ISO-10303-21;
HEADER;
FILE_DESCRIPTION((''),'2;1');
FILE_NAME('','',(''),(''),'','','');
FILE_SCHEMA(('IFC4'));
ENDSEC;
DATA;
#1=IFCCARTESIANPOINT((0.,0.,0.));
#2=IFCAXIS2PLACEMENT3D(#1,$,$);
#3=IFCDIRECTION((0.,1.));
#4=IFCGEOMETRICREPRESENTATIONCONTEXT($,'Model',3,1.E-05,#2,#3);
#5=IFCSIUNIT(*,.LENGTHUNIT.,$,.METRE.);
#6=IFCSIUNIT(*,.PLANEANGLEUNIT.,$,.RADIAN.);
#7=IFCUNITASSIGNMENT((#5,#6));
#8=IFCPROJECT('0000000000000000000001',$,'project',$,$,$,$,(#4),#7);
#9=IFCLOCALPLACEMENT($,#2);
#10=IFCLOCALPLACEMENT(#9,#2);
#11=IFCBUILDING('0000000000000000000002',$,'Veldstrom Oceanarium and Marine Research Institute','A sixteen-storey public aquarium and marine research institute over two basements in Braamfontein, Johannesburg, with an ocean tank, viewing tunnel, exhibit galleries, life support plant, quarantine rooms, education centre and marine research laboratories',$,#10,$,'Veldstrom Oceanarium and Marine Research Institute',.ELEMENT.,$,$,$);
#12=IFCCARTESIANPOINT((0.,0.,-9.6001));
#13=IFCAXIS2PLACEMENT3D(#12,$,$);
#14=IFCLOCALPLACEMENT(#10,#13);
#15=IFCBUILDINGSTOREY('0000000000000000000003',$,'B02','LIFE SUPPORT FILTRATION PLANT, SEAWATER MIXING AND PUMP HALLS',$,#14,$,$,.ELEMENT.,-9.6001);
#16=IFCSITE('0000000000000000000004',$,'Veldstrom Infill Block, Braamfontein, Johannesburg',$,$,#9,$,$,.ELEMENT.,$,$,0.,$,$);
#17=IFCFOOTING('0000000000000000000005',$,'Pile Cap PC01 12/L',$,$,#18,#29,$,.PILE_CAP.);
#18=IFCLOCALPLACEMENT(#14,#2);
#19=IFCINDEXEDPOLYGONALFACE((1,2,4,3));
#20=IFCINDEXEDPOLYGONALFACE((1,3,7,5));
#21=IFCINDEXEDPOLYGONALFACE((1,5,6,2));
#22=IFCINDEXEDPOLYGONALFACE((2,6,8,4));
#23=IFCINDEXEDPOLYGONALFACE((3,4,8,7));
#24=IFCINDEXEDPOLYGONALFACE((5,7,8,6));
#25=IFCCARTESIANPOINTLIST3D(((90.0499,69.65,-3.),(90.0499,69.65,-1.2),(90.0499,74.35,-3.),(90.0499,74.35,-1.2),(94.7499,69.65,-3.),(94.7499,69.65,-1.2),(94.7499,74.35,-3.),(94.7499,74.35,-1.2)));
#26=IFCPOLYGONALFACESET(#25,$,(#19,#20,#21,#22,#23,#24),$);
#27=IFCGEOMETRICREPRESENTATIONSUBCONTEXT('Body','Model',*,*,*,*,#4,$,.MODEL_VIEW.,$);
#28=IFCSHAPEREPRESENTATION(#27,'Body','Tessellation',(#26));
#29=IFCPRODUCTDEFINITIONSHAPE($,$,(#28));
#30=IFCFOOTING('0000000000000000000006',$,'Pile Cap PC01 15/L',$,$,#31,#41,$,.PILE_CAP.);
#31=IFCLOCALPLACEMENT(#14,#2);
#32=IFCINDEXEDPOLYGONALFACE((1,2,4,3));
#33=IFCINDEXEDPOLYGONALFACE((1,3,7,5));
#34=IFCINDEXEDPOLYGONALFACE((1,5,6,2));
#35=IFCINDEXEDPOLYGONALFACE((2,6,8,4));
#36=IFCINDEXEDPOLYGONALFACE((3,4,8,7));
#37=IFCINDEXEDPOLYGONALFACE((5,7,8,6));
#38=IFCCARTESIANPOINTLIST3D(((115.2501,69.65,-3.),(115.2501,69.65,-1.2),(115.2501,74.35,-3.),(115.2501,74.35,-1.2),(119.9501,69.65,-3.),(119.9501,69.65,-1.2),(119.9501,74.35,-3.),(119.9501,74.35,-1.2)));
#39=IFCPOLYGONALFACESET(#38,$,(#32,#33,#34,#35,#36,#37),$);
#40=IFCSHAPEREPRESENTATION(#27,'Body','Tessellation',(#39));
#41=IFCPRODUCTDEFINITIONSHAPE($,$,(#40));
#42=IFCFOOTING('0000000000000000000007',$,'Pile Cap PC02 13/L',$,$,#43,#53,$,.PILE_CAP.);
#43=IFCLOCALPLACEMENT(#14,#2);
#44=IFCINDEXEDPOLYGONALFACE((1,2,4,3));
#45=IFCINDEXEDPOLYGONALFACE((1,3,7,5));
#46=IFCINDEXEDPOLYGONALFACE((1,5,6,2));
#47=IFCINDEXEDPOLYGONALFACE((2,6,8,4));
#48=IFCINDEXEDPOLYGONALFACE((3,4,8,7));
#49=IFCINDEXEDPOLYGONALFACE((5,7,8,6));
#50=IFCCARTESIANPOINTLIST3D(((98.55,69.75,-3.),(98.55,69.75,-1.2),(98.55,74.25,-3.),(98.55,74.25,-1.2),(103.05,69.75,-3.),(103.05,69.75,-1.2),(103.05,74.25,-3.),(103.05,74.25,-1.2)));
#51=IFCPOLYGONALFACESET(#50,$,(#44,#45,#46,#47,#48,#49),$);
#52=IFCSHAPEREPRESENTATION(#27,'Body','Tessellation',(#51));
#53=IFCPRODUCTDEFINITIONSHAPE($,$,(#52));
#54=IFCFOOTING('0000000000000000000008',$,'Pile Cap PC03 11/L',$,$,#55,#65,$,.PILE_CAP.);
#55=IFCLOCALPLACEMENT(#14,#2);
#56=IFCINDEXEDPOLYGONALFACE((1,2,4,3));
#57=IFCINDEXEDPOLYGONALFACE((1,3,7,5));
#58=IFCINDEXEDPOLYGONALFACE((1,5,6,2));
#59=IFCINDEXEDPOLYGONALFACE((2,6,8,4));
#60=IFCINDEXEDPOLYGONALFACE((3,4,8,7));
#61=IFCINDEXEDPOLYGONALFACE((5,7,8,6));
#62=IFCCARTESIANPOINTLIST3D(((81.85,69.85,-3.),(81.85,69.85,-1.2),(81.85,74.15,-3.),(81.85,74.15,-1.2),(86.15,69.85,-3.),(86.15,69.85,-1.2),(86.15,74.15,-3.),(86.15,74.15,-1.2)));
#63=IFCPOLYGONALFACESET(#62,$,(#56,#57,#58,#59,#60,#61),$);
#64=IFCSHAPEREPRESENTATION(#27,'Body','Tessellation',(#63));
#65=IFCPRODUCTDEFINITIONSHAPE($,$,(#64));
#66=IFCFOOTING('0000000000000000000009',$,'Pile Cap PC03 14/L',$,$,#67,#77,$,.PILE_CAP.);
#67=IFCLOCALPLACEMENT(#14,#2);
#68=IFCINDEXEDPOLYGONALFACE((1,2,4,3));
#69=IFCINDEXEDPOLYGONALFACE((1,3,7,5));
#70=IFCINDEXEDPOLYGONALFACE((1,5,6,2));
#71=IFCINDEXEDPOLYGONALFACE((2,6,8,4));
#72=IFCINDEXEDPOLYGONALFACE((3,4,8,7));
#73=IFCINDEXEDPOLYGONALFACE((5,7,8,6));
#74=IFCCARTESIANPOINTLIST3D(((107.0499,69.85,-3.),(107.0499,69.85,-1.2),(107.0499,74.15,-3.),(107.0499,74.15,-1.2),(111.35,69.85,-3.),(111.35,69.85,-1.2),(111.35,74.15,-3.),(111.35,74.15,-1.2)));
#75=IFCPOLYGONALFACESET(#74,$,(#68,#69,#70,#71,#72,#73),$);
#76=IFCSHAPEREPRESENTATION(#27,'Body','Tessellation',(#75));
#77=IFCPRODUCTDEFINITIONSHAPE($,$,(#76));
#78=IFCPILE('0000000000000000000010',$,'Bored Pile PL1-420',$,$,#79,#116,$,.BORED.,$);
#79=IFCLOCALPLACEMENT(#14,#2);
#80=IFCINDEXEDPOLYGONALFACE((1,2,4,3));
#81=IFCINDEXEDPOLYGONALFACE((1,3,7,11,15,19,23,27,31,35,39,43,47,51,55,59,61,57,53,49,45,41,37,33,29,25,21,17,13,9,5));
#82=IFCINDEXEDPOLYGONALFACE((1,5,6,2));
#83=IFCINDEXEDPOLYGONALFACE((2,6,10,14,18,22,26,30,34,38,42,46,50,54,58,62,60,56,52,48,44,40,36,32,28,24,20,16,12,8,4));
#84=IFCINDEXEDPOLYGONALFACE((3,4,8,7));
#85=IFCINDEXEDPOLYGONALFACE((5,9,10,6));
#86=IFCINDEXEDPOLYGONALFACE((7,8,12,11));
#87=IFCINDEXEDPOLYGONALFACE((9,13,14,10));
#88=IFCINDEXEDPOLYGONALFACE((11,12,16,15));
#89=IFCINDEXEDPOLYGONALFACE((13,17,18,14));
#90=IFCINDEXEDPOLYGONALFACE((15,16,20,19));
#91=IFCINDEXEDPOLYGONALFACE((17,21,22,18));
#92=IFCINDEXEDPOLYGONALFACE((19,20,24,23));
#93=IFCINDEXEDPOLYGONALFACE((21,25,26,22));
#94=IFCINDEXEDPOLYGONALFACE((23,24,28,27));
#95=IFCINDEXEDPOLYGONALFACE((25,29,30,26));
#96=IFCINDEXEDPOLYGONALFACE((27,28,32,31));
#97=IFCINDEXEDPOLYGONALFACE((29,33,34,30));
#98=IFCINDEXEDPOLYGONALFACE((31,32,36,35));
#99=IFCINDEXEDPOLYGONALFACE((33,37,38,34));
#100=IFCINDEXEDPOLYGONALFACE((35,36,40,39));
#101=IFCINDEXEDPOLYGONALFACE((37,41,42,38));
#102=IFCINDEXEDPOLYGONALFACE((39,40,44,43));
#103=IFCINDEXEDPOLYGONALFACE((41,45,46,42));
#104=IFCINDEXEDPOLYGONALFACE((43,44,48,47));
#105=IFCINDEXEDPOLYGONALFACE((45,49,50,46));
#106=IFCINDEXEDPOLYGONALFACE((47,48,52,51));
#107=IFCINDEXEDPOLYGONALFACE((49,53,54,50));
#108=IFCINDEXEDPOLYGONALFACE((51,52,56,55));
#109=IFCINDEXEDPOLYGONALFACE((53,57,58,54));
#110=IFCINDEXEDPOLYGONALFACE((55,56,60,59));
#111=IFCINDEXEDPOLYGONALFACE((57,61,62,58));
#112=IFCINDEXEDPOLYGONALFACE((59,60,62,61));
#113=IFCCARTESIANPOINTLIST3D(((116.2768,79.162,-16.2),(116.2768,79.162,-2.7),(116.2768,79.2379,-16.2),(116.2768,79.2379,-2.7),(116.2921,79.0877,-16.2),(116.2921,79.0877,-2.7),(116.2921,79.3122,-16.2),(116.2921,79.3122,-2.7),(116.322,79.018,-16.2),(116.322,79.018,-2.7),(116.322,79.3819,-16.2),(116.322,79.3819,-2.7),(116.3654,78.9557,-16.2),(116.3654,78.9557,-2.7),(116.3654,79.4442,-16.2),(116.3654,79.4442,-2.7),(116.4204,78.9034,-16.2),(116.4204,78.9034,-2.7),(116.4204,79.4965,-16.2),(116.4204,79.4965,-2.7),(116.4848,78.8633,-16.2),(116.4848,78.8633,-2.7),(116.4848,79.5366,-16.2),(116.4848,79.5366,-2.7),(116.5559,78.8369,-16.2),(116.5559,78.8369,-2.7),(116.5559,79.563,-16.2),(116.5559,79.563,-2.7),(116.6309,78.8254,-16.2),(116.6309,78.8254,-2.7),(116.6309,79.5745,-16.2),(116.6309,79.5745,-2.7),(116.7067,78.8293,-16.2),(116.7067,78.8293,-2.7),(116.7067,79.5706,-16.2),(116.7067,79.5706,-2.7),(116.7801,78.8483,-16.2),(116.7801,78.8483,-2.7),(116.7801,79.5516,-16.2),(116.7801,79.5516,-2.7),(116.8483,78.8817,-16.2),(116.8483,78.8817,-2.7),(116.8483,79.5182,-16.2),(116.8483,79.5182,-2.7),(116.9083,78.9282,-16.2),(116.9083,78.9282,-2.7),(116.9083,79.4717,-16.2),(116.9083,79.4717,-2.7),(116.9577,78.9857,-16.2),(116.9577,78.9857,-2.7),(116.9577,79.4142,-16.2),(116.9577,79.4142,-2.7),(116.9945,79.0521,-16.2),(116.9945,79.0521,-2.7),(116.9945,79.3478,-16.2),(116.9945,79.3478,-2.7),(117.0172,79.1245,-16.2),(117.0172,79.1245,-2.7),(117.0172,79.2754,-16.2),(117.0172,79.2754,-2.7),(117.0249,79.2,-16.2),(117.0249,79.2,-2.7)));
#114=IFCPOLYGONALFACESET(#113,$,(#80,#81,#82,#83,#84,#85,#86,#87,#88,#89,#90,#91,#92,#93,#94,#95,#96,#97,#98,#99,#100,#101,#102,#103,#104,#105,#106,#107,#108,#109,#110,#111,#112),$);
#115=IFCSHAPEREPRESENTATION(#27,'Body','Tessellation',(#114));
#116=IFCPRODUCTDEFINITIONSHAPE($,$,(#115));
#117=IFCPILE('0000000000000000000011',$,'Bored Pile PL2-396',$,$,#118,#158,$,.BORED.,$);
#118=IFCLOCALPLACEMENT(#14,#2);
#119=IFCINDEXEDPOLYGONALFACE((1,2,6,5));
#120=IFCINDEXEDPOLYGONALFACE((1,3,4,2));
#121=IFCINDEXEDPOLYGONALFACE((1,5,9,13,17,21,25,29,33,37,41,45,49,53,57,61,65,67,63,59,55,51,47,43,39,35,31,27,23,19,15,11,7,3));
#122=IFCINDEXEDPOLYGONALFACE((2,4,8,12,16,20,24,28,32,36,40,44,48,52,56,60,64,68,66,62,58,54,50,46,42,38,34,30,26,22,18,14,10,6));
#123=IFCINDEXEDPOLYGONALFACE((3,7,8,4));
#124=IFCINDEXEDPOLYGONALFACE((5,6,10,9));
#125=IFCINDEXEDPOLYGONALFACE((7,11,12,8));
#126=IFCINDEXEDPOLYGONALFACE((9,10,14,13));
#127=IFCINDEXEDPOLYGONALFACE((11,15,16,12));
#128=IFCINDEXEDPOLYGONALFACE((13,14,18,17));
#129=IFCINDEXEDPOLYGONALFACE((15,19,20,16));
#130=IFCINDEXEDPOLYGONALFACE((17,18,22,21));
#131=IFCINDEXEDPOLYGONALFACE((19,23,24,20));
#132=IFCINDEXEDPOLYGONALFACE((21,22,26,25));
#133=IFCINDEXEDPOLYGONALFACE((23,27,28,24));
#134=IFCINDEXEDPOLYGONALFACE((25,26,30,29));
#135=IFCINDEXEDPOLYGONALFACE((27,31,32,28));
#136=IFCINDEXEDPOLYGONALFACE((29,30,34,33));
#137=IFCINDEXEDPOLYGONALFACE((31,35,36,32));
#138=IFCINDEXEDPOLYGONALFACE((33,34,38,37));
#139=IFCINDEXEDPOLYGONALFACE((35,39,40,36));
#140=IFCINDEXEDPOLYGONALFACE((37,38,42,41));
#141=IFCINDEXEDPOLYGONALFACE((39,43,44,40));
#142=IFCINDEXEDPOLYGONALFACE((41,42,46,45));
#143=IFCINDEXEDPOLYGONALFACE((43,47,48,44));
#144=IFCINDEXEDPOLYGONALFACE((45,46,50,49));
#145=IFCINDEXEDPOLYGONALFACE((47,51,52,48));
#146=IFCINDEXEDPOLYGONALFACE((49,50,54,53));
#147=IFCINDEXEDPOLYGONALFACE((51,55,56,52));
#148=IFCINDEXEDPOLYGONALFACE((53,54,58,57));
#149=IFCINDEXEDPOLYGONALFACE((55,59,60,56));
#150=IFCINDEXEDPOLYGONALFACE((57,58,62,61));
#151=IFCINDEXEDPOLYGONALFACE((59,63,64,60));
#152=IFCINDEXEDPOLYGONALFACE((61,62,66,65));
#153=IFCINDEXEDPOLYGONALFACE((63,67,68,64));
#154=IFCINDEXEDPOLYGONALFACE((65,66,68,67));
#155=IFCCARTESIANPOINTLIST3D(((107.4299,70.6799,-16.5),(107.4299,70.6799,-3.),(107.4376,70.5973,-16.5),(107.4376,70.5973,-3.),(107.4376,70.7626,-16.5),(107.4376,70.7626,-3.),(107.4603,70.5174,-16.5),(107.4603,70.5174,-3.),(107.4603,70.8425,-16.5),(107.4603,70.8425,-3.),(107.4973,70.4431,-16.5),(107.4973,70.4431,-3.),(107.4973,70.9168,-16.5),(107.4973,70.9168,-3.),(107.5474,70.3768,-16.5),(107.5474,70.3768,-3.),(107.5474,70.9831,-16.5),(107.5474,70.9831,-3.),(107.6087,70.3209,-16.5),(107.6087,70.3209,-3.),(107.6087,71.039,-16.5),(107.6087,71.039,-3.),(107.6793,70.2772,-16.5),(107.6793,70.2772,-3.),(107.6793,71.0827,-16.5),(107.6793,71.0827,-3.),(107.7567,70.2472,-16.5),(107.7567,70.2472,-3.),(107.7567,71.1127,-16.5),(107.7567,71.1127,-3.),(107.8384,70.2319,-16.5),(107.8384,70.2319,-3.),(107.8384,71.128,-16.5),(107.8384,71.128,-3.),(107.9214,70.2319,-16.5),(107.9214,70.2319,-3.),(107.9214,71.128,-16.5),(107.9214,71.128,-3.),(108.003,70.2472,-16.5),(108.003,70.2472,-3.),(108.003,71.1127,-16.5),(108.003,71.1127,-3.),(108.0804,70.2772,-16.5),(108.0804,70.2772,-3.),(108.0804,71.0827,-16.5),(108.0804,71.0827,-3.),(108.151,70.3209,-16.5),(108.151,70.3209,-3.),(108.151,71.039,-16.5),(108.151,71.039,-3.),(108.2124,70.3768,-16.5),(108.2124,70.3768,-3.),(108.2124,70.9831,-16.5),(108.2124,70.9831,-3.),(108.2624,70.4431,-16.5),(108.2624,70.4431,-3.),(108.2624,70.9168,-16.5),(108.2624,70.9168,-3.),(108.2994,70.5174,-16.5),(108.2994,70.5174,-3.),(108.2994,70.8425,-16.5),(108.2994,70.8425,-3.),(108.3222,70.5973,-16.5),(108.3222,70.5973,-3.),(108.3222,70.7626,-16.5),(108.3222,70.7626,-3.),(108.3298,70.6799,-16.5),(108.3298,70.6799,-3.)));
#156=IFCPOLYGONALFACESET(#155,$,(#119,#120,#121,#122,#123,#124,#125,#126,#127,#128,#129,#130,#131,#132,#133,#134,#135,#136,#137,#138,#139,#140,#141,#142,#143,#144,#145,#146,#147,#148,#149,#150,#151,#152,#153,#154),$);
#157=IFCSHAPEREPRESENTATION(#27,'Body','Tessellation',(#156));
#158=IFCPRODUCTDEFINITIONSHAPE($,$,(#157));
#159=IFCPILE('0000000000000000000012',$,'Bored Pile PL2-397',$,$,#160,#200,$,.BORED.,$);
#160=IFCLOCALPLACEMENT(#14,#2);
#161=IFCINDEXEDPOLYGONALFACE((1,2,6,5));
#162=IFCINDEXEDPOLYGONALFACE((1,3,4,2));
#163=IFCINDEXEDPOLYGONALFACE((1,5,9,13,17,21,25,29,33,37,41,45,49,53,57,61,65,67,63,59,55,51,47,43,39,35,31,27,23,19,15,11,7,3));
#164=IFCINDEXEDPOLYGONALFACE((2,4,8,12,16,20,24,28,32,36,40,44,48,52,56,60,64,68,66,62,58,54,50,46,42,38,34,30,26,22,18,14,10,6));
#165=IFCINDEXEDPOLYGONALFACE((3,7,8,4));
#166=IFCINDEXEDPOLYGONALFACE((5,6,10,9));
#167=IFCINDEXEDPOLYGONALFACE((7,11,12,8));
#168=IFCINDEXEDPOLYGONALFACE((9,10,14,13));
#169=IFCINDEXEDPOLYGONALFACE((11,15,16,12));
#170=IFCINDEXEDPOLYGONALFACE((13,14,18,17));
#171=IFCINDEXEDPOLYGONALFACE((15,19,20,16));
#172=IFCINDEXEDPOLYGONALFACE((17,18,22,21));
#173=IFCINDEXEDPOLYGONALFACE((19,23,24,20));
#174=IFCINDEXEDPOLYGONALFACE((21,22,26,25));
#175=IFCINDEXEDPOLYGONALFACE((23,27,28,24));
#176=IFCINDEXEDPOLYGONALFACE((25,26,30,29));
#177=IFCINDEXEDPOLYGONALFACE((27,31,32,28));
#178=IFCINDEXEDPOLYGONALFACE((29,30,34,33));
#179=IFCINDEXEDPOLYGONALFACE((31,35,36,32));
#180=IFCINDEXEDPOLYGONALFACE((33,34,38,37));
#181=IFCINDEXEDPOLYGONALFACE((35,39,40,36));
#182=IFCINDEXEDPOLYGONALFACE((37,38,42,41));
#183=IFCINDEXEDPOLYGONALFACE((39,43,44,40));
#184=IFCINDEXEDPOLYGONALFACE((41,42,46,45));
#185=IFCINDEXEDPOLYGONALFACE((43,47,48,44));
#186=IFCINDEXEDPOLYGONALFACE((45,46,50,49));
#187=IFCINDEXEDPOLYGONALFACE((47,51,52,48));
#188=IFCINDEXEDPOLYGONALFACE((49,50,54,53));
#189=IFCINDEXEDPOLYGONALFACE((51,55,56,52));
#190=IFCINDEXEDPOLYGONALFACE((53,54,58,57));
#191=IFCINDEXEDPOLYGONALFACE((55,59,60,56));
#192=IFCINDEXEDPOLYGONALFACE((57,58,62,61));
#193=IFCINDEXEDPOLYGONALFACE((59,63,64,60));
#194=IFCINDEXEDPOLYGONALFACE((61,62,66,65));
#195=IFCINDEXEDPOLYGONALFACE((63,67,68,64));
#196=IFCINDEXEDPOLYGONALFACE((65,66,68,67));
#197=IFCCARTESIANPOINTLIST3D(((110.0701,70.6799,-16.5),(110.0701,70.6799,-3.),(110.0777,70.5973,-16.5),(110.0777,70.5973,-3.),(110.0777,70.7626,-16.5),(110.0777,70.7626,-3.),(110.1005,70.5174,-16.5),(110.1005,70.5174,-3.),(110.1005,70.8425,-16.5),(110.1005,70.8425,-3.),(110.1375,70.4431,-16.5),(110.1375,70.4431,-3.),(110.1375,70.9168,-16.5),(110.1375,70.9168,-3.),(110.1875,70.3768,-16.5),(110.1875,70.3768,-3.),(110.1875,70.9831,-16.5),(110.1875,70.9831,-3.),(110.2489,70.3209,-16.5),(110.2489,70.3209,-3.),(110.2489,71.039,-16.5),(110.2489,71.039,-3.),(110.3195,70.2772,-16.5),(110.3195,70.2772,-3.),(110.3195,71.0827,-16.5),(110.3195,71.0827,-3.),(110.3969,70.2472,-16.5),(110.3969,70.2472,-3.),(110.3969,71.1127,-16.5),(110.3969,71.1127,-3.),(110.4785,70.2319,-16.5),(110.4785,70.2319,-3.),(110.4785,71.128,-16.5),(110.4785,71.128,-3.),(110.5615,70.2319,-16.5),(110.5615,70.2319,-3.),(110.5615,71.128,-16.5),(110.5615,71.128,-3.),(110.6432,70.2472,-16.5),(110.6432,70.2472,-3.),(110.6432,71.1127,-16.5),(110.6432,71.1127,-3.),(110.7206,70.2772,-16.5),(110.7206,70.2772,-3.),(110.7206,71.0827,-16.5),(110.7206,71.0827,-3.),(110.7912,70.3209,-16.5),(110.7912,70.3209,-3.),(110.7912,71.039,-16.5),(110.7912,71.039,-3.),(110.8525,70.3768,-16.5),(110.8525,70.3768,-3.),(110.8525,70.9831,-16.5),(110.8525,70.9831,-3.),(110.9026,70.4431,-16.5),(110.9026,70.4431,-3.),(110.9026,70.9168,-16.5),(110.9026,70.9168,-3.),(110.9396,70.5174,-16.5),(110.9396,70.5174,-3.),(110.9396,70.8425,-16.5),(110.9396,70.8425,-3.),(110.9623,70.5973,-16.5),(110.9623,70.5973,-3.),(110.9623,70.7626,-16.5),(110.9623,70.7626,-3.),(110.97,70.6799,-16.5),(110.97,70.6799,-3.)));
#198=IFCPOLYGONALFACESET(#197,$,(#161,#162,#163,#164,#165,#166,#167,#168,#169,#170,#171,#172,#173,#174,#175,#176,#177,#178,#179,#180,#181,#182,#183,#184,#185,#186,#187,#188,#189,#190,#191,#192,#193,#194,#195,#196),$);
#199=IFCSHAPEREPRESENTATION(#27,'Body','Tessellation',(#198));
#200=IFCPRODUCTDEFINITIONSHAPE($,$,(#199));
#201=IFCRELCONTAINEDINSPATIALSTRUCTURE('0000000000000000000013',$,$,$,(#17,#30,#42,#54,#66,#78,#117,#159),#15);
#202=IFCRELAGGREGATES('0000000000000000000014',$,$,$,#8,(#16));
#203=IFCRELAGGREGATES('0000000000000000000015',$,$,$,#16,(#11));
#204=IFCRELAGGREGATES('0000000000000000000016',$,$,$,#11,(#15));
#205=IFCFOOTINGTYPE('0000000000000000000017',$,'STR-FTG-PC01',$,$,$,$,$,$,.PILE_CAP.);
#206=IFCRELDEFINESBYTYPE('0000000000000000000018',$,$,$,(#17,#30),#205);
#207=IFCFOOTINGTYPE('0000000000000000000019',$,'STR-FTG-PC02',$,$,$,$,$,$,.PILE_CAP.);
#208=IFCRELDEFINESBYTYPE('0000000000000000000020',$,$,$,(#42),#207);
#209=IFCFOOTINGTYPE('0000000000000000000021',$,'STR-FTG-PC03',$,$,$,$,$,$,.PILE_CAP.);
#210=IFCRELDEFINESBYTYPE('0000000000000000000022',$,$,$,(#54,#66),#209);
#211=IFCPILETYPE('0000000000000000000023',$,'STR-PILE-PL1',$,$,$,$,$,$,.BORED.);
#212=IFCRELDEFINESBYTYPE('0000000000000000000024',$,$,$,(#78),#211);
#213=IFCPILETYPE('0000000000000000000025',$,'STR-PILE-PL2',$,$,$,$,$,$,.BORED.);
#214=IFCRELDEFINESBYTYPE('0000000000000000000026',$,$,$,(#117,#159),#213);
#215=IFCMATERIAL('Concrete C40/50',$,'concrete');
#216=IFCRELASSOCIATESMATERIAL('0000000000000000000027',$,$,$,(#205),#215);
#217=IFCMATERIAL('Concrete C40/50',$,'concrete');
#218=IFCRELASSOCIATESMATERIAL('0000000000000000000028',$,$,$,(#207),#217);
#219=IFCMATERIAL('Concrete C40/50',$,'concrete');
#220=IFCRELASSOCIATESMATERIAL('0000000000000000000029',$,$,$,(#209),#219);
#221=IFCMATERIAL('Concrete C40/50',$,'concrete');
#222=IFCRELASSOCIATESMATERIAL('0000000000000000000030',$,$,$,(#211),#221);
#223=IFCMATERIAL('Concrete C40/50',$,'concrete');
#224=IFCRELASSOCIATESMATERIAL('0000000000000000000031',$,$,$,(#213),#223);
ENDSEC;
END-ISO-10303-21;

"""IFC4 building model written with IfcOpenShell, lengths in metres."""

from ifc_helpers import new_model, si_unit, direction, frame, origin, origin_2d, place, context, subcontext, project, spatial, rectangle, circle, extrude, material, material_profile, profile_set, type_object, element, save


model = new_model("IFC4")

# Units and contexts
model_context = context("Model", 3, precision=1e-05, world=origin(), true_north=direction((0.0, 1.0)))
body_context = subcontext(model_context, "Body", "Model", "MODEL_VIEW")
ifc_project = project(units=[si_unit("LENGTHUNIT", "METRE"), si_unit("PLANEANGLEUNIT", "RADIAN")], contexts=[model_context])

# Site, building, storey
site_placement = place(None, origin())
site = spatial("IfcSite", under=ifc_project, at=site_placement, Name="Veldstrom Infill Block, Braamfontein, Johannesburg", CompositionType="ELEMENT", RefElevation=0.0)
building_placement = place(site_placement, origin())
building = spatial("IfcBuilding", under=site, at=building_placement, Name="Veldstrom Oceanarium and Marine Research Institute", Description="A sixteen-storey public aquarium and marine research institute over two basements in Braamfontein, Johannesburg, with an ocean tank, viewing tunnel, exhibit galleries, life support plant, quarantine rooms, education centre and marine research laboratories", LongName="Veldstrom Oceanarium and Marine Research Institute", CompositionType="ELEMENT")
storey_placement = place(building_placement, frame((0.0, 0.0, -9.6001)))
storey = spatial("IfcBuildingStorey", under=building, at=storey_placement, Name="B02", Description="LIFE SUPPORT FILTRATION PLANT, SEAWATER MIXING AND PUMP HALLS", CompositionType="ELEMENT", Elevation=-9.6001)

# Footings
ifc_material_1 = material(Name="Concrete C40/50", Category="concrete")
footing_type_1 = type_object("IfcFootingType", Name="STR-FTG-PC01", PredefinedType="PILE_CAP", material=ifc_material_1)
for number, where, z_axis, x_axis, name in (
    (1, (92.3999, 72.0, -3.0), (0.0, 0.0, 1.0), (1.0, 0.0, 0.0), "Pile Cap PC01 12/L"),
    (2, (117.6001, 72.0, -3.0), (0.0, 0.0, 1.0), (1.0, 0.0, 0.0), "Pile Cap PC01 15/L"),
):
    element("IfcFooting", number, at=place(storey_placement, frame(where, z_axis=z_axis, x_axis=x_axis)), inside=storey, type_object=footing_type_1, Name=name, PredefinedType="PILE_CAP", context=body_context, shape_type="SweptSolid", body=[
        extrude(rectangle(XDim=4.7, YDim=4.7, at=origin_2d()), origin(), (0.0, 0.0, 1.0), 1.8),
    ])
ifc_material_2 = material(Name="Concrete C40/50", Category="concrete")
footing_type_2 = type_object("IfcFootingType", Name="STR-FTG-PC02", PredefinedType="PILE_CAP", material=ifc_material_2)
footing_placement = place(storey_placement, frame((100.8, 72.0, -3.0), z_axis=(0.0, 0.0, 1.0), x_axis=(1.0, 0.0, 0.0)))
element("IfcFooting", 3, at=footing_placement, inside=storey, type_object=footing_type_2, Name="Pile Cap PC02 13/L", PredefinedType="PILE_CAP", context=body_context, shape_type="SweptSolid", body=[
    extrude(rectangle(XDim=4.5, YDim=4.5, at=origin_2d()), origin(), (0.0, 0.0, 1.0), 1.8),
])
ifc_material_3 = material(Name="Concrete C40/50", Category="concrete")
footing_type_3 = type_object("IfcFootingType", Name="STR-FTG-PC03", PredefinedType="PILE_CAP", material=ifc_material_3)
for number, where, z_axis, x_axis, name in (
    (4, (84.0, 72.0, -3.0), (0.0, 0.0, 1.0), (1.0, 0.0, 0.0), "Pile Cap PC03 11/L"),
    (5, (109.2, 72.0, -3.0), (0.0, 0.0, 1.0), (1.0, 0.0, 0.0), "Pile Cap PC03 14/L"),
):
    element("IfcFooting", number, at=place(storey_placement, frame(where, z_axis=z_axis, x_axis=x_axis)), inside=storey, type_object=footing_type_3, Name=name, PredefinedType="PILE_CAP", context=body_context, shape_type="SweptSolid", body=[
        extrude(rectangle(XDim=4.3, YDim=4.3, at=origin_2d()), origin(), (0.0, 0.0, 1.0), 1.8),
    ])

# Piles
ifc_material_4 = material(Name="Concrete C40/50", Category="concrete")
ifc_material_profile_1 = material_profile(ifc_material_4, circle(Radius=0.375, at=origin_2d()), Name="PILE-D750")
ifc_profile_set_1 = profile_set([ifc_material_profile_1], Name="Concrete C40/50")
pile_type_1 = type_object("IfcPileType", Name="STR-PILE-PL1", PredefinedType="BORED", material=ifc_profile_set_1)
pile_placement = place(storey_placement, frame((116.6499, 79.2, -2.7), z_axis=(0.0, 0.0, -1.0), x_axis=(1.0, 0.0, 0.0)))
element("IfcPile", 6, at=pile_placement, inside=storey, type_object=pile_type_1, Name="Bored Pile PL1-420", PredefinedType="BORED", context=body_context, shape_type="SweptSolid", body=[
    extrude(circle(Radius=0.375, at=origin_2d()), origin(), (0.0, 0.0, 1.0), 13.5),
])
ifc_material_5 = material(Name="Concrete C40/50", Category="concrete")
ifc_material_profile_2 = material_profile(ifc_material_5, circle(Radius=0.45, at=origin_2d()), Name="PILE-D900")
ifc_profile_set_2 = profile_set([ifc_material_profile_2], Name="Concrete C40/50")
pile_type_2 = type_object("IfcPileType", Name="STR-PILE-PL2", PredefinedType="BORED", material=ifc_profile_set_2)
for number, where, z_axis, x_axis, name in (
    (7, (107.8799, 70.6799, -3.0), (0.0, 0.0, -1.0), (1.0, 0.0, 0.0), "Bored Pile PL2-396"),
    (8, (110.52, 70.6799, -3.0), (0.0, 0.0, -1.0), (1.0, 0.0, 0.0), "Bored Pile PL2-397"),
):
    element("IfcPile", number, at=place(storey_placement, frame(where, z_axis=z_axis, x_axis=x_axis)), inside=storey, type_object=pile_type_2, Name=name, PredefinedType="BORED", context=body_context, shape_type="SweptSolid", body=[
        extrude(circle(Radius=0.45, at=origin_2d()), origin(), (0.0, 0.0, 1.0), 13.5),
    ])

save(model, "model.ifc")
